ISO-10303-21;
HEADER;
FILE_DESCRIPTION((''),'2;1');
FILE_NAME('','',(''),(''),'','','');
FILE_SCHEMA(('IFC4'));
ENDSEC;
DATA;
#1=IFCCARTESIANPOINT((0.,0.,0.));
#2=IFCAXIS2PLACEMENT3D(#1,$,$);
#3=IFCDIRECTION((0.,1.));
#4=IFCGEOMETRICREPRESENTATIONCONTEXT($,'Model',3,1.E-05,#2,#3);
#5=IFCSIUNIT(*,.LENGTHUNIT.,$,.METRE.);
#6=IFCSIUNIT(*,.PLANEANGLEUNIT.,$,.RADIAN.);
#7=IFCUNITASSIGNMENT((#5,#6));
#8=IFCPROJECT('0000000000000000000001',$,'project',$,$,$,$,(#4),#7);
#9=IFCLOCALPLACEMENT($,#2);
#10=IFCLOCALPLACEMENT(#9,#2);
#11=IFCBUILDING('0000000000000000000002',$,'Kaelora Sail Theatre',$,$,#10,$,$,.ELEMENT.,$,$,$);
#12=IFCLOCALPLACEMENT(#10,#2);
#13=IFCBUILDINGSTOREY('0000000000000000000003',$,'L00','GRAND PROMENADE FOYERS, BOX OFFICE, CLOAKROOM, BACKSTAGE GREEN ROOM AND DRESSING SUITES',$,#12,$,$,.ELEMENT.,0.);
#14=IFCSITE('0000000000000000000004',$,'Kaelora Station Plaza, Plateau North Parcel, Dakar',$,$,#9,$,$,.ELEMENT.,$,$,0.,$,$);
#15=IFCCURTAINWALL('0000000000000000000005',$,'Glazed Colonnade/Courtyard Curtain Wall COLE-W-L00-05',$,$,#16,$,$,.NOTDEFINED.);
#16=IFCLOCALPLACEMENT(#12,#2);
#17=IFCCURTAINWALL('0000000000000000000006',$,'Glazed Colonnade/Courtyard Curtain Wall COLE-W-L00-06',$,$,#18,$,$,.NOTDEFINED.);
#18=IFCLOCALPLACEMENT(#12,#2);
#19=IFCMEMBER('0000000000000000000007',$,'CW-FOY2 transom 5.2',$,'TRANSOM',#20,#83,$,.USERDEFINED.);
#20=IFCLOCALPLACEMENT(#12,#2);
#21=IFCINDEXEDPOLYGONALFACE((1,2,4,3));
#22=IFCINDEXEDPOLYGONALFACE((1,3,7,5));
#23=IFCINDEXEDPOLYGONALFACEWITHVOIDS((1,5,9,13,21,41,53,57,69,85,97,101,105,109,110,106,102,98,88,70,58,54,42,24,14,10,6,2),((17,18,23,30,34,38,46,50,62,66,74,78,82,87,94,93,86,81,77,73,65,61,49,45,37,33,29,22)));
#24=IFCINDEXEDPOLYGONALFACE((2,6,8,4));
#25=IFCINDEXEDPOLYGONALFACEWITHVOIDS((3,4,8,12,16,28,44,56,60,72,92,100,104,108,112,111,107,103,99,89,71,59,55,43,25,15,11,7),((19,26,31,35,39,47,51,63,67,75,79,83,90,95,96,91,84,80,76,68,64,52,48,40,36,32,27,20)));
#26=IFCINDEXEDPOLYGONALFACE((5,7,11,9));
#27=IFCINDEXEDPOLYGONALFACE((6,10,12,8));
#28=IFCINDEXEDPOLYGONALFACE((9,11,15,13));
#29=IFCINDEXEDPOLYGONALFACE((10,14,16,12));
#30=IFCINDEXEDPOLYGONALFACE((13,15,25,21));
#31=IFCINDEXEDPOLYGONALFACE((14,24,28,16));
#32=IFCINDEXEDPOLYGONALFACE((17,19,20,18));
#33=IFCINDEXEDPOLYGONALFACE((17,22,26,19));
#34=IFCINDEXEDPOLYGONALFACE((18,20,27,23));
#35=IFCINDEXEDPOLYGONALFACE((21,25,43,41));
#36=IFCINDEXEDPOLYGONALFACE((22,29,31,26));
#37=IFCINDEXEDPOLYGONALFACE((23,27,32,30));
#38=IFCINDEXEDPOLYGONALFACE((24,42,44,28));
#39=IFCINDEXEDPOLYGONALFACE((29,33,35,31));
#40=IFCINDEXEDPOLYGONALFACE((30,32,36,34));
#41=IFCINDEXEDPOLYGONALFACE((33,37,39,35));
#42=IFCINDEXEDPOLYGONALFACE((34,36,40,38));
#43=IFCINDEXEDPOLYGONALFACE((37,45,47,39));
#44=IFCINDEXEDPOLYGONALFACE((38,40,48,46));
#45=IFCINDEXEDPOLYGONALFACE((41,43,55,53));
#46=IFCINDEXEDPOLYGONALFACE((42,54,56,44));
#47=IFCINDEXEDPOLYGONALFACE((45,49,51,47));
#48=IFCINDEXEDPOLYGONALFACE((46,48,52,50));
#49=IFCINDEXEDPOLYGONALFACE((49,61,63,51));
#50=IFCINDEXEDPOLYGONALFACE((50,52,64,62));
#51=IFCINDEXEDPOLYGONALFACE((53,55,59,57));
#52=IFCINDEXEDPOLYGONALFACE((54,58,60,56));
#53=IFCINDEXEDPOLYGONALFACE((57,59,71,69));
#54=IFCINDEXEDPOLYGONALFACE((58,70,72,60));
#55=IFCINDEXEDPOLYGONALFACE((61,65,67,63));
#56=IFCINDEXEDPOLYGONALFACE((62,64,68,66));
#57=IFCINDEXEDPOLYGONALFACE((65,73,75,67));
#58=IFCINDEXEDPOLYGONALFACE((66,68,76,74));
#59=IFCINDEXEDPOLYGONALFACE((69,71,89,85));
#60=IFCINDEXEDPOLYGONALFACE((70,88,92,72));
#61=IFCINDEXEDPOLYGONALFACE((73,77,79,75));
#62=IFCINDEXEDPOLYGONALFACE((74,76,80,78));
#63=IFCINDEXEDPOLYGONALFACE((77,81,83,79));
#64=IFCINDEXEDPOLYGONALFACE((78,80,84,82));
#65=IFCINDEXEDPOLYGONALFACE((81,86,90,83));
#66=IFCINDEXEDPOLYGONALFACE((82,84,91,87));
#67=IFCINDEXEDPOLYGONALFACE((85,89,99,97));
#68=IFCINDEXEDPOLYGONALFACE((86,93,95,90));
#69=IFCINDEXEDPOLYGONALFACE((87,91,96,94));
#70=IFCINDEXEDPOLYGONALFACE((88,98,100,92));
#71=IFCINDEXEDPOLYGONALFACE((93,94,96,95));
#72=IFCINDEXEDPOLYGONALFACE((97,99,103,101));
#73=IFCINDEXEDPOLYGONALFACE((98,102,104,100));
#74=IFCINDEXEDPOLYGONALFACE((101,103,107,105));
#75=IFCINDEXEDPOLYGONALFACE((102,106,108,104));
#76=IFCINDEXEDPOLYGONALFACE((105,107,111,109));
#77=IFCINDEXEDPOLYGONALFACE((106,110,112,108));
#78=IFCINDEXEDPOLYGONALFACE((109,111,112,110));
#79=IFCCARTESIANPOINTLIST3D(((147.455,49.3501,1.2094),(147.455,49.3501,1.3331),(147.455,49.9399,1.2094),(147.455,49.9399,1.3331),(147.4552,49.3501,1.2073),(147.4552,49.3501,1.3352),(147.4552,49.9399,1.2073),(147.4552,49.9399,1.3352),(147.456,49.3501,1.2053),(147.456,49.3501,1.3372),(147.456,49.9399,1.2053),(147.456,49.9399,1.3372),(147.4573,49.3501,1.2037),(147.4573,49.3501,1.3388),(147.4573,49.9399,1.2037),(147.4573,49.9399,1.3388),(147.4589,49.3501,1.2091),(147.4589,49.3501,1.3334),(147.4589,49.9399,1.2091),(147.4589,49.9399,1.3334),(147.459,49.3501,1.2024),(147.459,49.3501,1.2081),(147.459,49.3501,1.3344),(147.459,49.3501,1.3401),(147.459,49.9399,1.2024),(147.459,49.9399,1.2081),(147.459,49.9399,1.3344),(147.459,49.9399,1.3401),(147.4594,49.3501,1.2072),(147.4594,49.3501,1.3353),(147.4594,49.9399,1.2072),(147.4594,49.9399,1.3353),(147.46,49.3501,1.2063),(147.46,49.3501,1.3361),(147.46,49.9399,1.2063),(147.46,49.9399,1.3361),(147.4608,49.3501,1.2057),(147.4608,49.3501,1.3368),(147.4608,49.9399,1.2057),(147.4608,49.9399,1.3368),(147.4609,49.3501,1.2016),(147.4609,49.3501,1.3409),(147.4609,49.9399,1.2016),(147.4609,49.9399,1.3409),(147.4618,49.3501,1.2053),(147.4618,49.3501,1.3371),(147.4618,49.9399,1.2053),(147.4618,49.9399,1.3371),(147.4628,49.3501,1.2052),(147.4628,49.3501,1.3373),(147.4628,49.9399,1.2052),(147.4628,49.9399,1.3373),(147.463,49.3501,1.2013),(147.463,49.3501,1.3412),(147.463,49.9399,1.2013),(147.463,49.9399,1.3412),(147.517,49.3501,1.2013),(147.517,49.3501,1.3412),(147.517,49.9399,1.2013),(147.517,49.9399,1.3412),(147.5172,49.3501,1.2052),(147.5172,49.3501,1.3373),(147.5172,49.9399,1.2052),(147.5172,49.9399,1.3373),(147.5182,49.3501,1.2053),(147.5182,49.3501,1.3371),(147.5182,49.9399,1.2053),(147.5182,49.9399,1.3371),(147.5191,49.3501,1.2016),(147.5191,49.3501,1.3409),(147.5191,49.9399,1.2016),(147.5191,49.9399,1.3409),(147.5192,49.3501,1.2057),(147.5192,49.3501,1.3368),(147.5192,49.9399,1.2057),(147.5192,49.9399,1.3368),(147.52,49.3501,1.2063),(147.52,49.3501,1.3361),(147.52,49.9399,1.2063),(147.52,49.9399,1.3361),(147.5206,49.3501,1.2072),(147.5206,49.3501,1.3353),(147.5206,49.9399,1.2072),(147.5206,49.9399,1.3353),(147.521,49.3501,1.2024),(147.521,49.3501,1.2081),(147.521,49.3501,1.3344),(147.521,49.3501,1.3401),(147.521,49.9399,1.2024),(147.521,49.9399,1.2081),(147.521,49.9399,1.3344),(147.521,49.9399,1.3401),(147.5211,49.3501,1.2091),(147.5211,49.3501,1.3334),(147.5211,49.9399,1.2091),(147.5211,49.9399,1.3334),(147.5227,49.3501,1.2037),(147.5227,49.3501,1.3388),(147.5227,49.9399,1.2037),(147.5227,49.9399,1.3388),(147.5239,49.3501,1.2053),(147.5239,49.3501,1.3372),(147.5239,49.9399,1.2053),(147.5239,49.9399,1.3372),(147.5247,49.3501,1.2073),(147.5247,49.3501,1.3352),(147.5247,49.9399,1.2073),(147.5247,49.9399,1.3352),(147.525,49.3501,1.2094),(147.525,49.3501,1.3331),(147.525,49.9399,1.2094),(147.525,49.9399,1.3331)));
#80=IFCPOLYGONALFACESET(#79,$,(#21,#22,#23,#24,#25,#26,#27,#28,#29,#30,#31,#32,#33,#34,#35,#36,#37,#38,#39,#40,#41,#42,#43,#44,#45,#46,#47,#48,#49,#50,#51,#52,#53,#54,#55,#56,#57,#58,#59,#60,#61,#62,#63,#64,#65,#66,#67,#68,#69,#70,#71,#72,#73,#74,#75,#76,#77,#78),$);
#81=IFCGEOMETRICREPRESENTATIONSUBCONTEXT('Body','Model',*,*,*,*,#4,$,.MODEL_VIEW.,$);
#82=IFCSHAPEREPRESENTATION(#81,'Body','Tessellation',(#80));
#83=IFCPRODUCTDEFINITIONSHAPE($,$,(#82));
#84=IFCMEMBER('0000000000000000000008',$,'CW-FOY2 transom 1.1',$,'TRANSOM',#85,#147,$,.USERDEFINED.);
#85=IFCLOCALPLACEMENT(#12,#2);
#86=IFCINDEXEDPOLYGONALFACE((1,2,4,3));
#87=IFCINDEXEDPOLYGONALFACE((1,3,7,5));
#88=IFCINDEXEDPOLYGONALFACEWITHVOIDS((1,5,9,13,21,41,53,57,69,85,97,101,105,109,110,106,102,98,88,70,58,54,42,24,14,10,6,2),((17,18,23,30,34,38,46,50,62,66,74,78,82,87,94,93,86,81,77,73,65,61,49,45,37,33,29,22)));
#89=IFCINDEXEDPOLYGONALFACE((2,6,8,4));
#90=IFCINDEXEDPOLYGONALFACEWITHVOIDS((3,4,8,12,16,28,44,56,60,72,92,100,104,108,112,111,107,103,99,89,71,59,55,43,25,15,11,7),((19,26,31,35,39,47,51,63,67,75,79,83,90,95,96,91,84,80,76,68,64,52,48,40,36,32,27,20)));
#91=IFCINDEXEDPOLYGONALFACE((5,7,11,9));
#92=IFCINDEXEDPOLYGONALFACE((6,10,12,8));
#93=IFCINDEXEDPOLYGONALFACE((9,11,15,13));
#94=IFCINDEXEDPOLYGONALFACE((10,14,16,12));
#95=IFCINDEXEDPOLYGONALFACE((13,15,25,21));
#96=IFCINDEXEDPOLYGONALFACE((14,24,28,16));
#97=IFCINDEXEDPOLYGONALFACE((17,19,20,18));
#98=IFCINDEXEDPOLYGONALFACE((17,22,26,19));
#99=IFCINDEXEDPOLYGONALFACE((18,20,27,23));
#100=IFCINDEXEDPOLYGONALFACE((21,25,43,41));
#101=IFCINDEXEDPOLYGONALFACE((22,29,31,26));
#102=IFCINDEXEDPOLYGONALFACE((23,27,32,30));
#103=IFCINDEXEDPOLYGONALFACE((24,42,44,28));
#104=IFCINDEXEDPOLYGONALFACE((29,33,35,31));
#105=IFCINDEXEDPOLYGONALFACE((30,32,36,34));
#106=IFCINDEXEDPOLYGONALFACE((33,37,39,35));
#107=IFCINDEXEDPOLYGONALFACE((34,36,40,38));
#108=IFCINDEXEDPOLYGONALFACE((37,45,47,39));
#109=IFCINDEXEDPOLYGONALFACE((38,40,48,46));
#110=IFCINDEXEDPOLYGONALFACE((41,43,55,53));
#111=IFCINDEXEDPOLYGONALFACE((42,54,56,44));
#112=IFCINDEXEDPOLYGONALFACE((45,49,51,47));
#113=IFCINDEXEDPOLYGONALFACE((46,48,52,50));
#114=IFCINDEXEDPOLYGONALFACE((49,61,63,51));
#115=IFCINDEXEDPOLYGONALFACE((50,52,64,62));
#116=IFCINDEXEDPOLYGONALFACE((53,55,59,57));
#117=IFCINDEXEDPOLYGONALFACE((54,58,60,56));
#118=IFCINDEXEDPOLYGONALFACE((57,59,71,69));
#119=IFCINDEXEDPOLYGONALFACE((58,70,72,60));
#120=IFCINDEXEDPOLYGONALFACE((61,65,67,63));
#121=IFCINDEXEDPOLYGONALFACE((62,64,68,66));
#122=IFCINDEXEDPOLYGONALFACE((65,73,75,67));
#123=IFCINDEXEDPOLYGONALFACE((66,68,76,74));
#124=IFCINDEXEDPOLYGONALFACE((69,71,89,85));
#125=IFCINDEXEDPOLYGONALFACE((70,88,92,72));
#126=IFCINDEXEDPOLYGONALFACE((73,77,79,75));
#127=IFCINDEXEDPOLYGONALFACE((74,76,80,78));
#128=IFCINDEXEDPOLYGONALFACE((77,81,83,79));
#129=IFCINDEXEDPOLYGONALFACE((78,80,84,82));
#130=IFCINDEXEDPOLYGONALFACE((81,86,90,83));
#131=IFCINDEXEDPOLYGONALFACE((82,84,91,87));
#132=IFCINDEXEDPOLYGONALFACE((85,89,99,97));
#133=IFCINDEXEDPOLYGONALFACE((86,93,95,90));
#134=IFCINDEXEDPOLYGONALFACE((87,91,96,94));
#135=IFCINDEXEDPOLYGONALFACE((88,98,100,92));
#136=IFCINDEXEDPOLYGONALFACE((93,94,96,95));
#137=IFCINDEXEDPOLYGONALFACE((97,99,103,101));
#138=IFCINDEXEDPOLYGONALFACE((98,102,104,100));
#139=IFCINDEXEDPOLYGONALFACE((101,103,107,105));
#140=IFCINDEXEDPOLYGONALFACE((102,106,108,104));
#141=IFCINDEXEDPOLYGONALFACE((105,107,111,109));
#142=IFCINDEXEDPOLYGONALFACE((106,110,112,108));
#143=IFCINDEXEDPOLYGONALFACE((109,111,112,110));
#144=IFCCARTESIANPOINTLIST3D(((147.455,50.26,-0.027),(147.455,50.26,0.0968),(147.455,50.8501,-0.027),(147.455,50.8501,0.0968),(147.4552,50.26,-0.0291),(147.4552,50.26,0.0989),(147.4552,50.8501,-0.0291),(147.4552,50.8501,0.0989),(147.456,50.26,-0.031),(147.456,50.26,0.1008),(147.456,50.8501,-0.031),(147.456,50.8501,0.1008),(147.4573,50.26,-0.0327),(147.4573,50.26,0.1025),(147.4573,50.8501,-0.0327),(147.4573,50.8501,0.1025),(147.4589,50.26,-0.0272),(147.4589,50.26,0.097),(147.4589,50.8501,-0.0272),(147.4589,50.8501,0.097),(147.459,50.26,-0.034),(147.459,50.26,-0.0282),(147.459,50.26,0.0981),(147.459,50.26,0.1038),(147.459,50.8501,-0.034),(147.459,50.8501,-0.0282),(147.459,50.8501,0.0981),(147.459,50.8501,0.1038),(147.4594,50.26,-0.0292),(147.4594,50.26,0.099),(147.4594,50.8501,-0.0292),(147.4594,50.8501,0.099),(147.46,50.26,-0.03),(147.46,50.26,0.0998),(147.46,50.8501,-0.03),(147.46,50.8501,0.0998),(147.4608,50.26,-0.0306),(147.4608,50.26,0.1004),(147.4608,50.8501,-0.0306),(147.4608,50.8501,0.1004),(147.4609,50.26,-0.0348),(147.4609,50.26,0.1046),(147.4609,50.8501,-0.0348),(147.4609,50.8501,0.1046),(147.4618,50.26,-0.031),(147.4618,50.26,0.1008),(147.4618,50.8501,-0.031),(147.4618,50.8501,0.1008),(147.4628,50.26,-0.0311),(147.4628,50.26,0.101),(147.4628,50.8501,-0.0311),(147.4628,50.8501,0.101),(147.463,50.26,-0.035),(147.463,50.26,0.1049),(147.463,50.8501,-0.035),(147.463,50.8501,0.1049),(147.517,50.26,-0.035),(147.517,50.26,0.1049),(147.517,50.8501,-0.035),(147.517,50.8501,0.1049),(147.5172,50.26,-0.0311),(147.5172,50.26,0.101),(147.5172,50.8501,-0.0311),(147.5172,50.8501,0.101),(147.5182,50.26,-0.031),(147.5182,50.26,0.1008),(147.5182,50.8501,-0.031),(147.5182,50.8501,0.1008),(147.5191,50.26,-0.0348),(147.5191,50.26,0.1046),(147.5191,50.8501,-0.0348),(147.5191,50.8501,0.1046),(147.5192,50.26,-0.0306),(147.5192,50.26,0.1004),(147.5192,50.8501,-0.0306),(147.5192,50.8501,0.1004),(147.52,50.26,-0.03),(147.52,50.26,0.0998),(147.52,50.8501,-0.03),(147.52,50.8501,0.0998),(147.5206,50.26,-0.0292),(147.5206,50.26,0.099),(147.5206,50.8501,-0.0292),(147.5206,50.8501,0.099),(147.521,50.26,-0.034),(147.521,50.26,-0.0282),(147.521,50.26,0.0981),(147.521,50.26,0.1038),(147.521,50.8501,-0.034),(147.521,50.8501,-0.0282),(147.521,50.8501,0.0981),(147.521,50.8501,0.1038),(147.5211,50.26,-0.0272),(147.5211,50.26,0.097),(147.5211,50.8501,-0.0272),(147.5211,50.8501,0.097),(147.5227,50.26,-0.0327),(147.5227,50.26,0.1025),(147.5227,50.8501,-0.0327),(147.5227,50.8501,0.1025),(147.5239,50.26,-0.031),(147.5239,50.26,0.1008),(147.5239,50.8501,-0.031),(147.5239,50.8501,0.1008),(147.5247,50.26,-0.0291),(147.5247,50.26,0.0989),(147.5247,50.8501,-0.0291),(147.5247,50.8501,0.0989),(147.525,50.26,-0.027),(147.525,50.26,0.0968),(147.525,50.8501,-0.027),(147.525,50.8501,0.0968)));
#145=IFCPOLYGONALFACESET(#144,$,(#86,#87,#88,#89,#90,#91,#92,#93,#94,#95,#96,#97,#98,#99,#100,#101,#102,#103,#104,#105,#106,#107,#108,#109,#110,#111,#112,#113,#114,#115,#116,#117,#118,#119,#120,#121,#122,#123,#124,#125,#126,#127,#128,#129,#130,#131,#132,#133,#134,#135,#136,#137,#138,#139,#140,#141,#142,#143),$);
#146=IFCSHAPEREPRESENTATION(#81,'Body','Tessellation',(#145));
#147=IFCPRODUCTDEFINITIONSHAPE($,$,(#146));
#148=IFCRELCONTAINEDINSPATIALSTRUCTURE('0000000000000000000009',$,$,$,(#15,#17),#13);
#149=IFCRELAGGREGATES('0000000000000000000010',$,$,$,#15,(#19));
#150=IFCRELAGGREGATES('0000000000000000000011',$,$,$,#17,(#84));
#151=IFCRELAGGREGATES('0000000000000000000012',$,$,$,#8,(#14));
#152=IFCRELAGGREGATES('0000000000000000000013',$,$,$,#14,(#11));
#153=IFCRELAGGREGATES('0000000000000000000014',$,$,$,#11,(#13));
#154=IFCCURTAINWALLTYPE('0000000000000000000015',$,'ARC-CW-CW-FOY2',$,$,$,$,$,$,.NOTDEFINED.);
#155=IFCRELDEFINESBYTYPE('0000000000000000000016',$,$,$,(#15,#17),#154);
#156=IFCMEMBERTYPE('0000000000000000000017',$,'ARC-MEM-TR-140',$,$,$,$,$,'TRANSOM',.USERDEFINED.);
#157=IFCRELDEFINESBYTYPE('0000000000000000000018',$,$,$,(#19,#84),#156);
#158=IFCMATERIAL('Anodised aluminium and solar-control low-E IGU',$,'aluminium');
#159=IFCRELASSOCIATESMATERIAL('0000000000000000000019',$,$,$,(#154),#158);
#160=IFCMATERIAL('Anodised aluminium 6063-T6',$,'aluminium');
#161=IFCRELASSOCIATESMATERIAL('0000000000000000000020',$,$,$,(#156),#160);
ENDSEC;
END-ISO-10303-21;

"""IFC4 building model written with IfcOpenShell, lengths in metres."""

from ifc_helpers import new_model, si_unit, direction, frame, origin, origin_2d, place, context, subcontext, project, spatial, hollow_rectangle, extrude, material, material_profile, profile_set, type_object, element, aggregate, save


model = new_model("IFC4")

# Units and contexts
model_context = context("Model", 3, precision=1e-05, world=origin(), true_north=direction((0.0, 1.0)))
body_context = subcontext(model_context, "Body", "Model", "MODEL_VIEW")
ifc_project = project(units=[si_unit("LENGTHUNIT", "METRE"), si_unit("PLANEANGLEUNIT", "RADIAN")], contexts=[model_context])

# Site, building, storey
site_placement = place(None, origin())
site = spatial("IfcSite", under=ifc_project, at=site_placement, Name="Kaelora Station Plaza, Plateau North Parcel, Dakar", CompositionType="ELEMENT", RefElevation=0.0)
building_placement = place(site_placement, origin())
building = spatial("IfcBuilding", under=site, at=building_placement, Name="Kaelora Sail Theatre", CompositionType="ELEMENT")
storey_placement = place(building_placement, origin())
storey = spatial("IfcBuildingStorey", under=building, at=storey_placement, Name="L00", Description="GRAND PROMENADE FOYERS, BOX OFFICE, CLOAKROOM, BACKSTAGE GREEN ROOM AND DRESSING SUITES", CompositionType="ELEMENT", Elevation=0.0)

# Curtain walls
ifc_material_1 = material(Name="Anodised aluminium and solar-control low-E IGU", Category="aluminium")
curtain_wall_type = type_object("IfcCurtainWallType", Name="ARC-CW-CW-FOY2", PredefinedType="NOTDEFINED", material=ifc_material_1)
curtain_wall_1_placement = place(storey_placement, origin())
curtain_wall_1 = element("IfcCurtainWall", 1, at=curtain_wall_1_placement, inside=storey, type_object=curtain_wall_type, Name="Glazed Colonnade/Courtyard Curtain Wall COLE-W-L00-05", PredefinedType="NOTDEFINED")
curtain_wall_2_placement = place(storey_placement, origin())
curtain_wall_2 = element("IfcCurtainWall", 2, at=curtain_wall_2_placement, inside=storey, type_object=curtain_wall_type, Name="Glazed Colonnade/Courtyard Curtain Wall COLE-W-L00-06", PredefinedType="NOTDEFINED")

# Members
ifc_material_2 = material(Name="Anodised aluminium 6063-T6", Category="aluminium")
ifc_material_profile_1 = material_profile(ifc_material_2, hollow_rectangle(XDim=0.0701, YDim=0.1399, WallThickness=0.0039, InnerFilletRadius=0.0039, OuterFilletRadius=0.0081, at=origin_2d()), Name="ALU-TRAN 70x140x4")
ifc_profile_set_1 = profile_set([ifc_material_profile_1], Name="Anodised aluminium 6063-T6")
member_type_1 = type_object("IfcMemberType", Name="ARC-MEM-TR-140", ElementType="TRANSOM", PredefinedType="USERDEFINED", material=ifc_profile_set_1)
member_1_placement = place(storey_placement, frame((147.49, 49.3501, 1.2712), z_axis=(0.0, 1.0, 0.0), x_axis=(-1.0, 0.0, 0.0)))
member_1 = element("IfcMember", 3, at=member_1_placement, type_object=member_type_1, Name="CW-FOY2 transom 5.2", ObjectType="TRANSOM", PredefinedType="USERDEFINED", context=body_context, shape_type="SweptSolid", body=[
    extrude(hollow_rectangle(XDim=0.0701, YDim=0.1399, WallThickness=0.0039, InnerFilletRadius=0.0039, OuterFilletRadius=0.0081, at=origin_2d()), origin(), (0.0, 0.0, 1.0), 0.5898),
])
member_2_placement = place(storey_placement, frame((147.49, 50.26, 0.0349), z_axis=(0.0, 1.0, 0.0), x_axis=(-1.0, 0.0, 0.0)))
member_2 = element("IfcMember", 4, at=member_2_placement, type_object=member_type_1, Name="CW-FOY2 transom 1.1", ObjectType="TRANSOM", PredefinedType="USERDEFINED", context=body_context, shape_type="SweptSolid", body=[
    extrude(hollow_rectangle(XDim=0.0701, YDim=0.1399, WallThickness=0.0039, InnerFilletRadius=0.0039, OuterFilletRadius=0.0081, at=origin_2d()), origin(), (0.0, 0.0, 1.0), 0.5901),
])

aggregate(curtain_wall_1, [member_1])
aggregate(curtain_wall_2, [member_2])

save(model, "model.ifc")
